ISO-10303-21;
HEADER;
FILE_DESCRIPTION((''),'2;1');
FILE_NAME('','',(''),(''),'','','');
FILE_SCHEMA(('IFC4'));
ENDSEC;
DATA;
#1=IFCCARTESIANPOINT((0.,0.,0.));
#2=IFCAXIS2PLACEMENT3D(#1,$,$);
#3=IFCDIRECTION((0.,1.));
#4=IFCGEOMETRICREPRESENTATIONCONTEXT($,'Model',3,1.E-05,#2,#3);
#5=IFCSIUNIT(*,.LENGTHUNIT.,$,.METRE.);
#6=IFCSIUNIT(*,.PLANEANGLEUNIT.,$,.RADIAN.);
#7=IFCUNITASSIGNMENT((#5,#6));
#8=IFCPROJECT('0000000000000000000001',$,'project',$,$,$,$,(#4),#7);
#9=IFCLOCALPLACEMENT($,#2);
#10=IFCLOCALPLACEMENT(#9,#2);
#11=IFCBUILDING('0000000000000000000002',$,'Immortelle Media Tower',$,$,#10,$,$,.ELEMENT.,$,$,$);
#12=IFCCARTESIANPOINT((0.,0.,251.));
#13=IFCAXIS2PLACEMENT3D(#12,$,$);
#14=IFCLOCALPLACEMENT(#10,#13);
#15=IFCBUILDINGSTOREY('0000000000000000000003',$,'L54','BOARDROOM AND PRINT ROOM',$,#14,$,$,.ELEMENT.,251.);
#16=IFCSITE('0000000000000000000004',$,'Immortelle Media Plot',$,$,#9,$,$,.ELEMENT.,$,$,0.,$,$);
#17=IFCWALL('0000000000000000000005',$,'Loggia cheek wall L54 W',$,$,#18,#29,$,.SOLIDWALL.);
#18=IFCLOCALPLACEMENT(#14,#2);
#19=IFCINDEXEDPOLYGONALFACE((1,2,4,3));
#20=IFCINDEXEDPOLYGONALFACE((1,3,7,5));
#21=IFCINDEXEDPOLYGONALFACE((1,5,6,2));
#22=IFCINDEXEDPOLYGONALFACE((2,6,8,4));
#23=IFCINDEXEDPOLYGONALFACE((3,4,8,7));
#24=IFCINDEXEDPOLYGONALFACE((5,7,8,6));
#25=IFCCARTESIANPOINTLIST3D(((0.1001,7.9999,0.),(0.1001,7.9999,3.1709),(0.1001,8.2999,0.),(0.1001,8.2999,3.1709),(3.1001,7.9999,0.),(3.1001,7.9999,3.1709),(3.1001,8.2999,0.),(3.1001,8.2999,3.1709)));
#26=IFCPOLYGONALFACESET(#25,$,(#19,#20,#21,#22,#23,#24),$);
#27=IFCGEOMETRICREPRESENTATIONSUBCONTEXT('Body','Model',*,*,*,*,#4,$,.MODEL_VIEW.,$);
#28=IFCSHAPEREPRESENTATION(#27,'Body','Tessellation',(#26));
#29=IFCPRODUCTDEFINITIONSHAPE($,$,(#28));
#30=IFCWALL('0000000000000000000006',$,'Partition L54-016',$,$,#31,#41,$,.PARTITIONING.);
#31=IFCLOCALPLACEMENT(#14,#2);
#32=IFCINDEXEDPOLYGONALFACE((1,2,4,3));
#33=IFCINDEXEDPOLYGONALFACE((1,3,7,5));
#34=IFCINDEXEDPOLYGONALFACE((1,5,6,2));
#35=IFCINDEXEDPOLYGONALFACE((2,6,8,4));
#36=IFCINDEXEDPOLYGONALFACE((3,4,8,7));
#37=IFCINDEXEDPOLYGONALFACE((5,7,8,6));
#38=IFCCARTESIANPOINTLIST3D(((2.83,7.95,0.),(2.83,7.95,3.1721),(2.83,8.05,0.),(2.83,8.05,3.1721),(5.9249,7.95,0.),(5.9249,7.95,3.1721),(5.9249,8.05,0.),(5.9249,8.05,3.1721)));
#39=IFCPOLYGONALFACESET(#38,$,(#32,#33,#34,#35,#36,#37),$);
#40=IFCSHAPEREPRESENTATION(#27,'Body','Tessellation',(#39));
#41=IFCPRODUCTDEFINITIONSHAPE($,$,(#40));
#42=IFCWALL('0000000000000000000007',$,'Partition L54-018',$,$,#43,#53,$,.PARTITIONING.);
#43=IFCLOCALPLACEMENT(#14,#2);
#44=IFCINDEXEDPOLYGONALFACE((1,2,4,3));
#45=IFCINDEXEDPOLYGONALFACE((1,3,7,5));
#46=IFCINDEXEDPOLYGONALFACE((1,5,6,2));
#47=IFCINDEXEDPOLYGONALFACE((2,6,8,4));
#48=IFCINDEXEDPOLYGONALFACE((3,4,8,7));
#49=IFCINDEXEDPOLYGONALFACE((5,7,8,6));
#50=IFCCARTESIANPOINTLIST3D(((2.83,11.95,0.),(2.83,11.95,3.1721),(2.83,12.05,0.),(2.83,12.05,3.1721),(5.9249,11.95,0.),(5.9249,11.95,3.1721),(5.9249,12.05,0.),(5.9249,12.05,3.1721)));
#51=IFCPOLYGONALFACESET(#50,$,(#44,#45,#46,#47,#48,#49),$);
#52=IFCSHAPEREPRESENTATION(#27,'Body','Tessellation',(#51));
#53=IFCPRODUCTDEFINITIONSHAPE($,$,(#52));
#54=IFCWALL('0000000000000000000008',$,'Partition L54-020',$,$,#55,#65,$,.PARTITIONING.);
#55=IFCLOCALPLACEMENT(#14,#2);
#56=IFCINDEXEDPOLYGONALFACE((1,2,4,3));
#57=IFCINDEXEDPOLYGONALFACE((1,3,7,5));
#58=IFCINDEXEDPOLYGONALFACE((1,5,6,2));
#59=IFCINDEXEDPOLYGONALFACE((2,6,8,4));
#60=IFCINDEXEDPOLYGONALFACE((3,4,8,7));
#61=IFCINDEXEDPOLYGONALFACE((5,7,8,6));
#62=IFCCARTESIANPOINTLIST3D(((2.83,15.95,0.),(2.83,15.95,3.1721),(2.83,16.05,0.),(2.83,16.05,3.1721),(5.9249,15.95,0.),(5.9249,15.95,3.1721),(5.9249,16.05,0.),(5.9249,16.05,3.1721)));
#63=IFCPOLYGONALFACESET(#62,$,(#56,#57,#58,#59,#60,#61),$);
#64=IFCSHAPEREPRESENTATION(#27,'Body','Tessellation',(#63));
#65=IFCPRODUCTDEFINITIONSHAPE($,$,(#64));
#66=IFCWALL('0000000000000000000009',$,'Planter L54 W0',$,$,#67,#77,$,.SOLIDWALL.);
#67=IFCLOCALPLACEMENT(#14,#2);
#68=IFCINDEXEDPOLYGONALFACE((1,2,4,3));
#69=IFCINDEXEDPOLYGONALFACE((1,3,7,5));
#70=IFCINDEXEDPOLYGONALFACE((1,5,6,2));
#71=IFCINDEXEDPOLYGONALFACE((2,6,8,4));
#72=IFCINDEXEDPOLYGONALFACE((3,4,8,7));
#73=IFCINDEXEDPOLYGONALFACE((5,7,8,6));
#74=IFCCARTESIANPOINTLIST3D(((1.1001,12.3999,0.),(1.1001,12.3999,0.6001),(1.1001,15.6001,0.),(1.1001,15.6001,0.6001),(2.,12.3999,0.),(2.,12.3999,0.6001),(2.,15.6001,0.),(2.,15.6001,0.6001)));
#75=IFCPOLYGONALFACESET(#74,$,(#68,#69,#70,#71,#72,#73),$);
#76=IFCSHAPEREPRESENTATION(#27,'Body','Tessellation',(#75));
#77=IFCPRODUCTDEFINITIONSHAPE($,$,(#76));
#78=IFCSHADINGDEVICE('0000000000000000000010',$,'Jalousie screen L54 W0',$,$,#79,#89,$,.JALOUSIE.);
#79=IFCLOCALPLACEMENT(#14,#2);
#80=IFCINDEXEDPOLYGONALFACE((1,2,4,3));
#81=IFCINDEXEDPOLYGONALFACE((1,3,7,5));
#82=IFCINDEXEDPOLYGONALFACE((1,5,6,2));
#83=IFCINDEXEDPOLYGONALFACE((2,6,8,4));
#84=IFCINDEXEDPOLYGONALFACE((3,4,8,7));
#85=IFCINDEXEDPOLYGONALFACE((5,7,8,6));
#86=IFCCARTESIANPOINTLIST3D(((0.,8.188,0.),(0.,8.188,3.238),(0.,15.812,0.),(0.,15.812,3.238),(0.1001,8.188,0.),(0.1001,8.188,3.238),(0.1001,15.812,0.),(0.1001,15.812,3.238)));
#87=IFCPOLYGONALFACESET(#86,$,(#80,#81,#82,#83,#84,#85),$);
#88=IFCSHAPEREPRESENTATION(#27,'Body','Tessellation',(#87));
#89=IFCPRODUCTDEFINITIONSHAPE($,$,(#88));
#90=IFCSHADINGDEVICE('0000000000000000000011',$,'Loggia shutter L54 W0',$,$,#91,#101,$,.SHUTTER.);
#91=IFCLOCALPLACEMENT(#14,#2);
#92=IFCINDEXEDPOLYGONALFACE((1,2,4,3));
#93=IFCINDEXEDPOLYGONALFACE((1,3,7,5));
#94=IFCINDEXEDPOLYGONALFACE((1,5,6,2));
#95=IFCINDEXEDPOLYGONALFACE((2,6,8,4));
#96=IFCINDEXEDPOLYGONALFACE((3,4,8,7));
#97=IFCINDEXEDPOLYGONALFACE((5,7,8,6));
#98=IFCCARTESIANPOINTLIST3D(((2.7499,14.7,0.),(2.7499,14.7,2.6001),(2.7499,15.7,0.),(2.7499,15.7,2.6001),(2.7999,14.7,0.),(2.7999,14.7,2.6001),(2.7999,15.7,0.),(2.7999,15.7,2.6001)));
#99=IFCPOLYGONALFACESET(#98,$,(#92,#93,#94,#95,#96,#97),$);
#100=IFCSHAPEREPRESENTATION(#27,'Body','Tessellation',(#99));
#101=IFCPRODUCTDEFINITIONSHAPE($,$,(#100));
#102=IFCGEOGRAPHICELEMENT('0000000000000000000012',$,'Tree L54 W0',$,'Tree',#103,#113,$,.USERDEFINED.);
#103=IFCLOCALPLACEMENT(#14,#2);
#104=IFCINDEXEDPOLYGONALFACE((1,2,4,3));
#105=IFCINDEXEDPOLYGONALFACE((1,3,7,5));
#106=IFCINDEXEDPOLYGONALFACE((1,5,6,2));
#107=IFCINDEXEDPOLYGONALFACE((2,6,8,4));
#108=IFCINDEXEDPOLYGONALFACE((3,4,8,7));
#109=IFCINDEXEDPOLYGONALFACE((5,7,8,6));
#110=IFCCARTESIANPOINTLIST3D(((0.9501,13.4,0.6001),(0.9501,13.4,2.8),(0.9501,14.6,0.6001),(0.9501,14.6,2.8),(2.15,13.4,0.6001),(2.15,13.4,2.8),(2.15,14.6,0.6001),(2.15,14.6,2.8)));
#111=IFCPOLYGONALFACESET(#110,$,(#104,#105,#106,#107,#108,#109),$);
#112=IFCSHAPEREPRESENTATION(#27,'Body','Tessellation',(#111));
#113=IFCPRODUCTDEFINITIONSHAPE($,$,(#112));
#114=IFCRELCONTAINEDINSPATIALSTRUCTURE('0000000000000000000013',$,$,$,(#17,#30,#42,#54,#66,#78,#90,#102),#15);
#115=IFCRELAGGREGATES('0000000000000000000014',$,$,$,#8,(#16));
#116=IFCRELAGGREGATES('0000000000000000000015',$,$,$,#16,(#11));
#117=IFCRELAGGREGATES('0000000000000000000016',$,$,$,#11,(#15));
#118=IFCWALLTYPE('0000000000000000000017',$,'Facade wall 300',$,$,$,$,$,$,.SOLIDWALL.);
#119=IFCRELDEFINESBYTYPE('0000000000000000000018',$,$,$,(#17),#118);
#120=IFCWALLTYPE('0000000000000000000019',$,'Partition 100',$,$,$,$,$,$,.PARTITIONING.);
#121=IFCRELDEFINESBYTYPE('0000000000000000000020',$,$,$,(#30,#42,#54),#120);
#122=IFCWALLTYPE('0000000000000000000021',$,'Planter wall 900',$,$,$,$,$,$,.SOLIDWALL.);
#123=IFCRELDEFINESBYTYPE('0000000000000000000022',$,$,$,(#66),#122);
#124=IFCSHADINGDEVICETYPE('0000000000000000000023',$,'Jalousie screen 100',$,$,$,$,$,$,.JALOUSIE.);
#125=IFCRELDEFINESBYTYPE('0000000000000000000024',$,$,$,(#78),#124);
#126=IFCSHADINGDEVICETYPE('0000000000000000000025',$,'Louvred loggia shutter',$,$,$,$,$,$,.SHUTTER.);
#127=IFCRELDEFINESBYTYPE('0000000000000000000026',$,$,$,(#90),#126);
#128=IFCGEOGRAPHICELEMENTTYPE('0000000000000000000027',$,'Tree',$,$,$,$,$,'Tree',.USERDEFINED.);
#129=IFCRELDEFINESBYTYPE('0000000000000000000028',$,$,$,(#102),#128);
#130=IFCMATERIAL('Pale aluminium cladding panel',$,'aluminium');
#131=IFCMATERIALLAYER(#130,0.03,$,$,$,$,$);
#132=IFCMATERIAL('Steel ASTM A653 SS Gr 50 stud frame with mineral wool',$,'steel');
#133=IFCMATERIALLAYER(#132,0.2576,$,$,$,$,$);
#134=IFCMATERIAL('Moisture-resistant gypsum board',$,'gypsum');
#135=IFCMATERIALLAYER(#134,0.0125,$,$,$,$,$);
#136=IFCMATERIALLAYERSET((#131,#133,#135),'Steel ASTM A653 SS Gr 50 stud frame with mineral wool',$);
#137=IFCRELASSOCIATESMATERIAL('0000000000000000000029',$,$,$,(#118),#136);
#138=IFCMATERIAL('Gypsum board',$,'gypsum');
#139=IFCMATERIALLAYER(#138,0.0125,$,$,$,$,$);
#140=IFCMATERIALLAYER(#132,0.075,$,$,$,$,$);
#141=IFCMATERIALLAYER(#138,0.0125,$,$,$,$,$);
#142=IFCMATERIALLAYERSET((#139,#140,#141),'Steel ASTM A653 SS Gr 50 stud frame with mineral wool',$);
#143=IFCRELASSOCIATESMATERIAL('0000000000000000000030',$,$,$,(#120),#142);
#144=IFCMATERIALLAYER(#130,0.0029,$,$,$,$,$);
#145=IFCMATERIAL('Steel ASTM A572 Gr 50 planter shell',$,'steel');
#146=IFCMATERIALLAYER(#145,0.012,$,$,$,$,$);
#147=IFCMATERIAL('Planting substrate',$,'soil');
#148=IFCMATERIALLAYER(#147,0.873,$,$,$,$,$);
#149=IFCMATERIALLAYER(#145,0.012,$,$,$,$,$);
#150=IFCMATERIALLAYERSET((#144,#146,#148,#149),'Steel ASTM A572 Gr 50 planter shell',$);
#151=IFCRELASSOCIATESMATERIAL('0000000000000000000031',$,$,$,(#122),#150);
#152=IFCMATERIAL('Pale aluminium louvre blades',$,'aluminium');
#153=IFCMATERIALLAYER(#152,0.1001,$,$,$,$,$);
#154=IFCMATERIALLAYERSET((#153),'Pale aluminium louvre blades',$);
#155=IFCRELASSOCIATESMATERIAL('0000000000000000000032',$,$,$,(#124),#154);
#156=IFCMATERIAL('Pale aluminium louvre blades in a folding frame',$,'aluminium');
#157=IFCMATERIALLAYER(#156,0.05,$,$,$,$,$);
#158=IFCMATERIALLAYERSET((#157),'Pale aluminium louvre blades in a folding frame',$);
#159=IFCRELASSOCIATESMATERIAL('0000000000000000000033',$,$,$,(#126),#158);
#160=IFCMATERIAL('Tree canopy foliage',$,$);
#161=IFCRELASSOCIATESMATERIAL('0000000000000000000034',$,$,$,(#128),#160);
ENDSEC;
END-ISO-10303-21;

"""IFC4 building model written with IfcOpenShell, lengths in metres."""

from ifc_helpers import new_model, si_unit, direction, frame, frame_2d, origin, origin_2d, place, context, subcontext, project, spatial, rectangle, extrude, material, layer, layer_set, type_object, element, save


model = new_model("IFC4")

# Units and contexts
model_context = context("Model", 3, precision=1e-05, world=origin(), true_north=direction((0.0, 1.0)))
body_context = subcontext(model_context, "Body", "Model", "MODEL_VIEW")
ifc_project = project(units=[si_unit("LENGTHUNIT", "METRE"), si_unit("PLANEANGLEUNIT", "RADIAN")], contexts=[model_context])

# Site, building, storey
site_placement = place(None, origin())
site = spatial("IfcSite", under=ifc_project, at=site_placement, Name="Immortelle Media Plot", CompositionType="ELEMENT", RefElevation=0.0)
building_placement = place(site_placement, origin())
building = spatial("IfcBuilding", under=site, at=building_placement, Name="Immortelle Media Tower", CompositionType="ELEMENT")
storey_placement = place(building_placement, frame((0.0, 0.0, 251.0)))
storey = spatial("IfcBuildingStorey", under=building, at=storey_placement, Name="L54", Description="BOARDROOM AND PRINT ROOM", CompositionType="ELEMENT", Elevation=251.0)

# Shared definitions
ifc_material_1 = material(Name="Pale aluminium cladding panel", Category="aluminium")
ifc_layer_1 = layer(ifc_material_1, 0.03)
ifc_material_2 = material(Name="Steel ASTM A653 SS Gr 50 stud frame with mineral wool", Category="steel")
ifc_layer_2 = layer(ifc_material_2, 0.2576)
ifc_material_3 = material(Name="Moisture-resistant gypsum board", Category="gypsum")
ifc_layer_3 = layer(ifc_material_3, 0.0125)
ifc_layer_set_1 = layer_set([ifc_layer_1, ifc_layer_2, ifc_layer_3], Name="Steel ASTM A653 SS Gr 50 stud frame with mineral wool")
wall_type_1 = type_object("IfcWallType", Name="Facade wall 300", PredefinedType="SOLIDWALL", material=ifc_layer_set_1)

# Walls
for number, where, z_axis, x_axis, name in (
    (1, (0.1001, 8.1499, 0.0), (0.0, 0.0, 1.0), (1.0, 0.0, 0.0), "Loggia cheek wall L54 W"),
):
    element("IfcWall", number, at=place(storey_placement, frame(where, z_axis=z_axis, x_axis=x_axis)), inside=storey, type_object=wall_type_1, Name=name, PredefinedType="SOLIDWALL", context=body_context, shape_type="SweptSolid", body=[
        extrude(rectangle(XDim=3.0, YDim=0.3, at=frame_2d((1.5, 0.0))), origin(), (0.0, 0.0, 1.0), 3.1709),
    ])
ifc_material_4 = material(Name="Gypsum board", Category="gypsum")
ifc_layer_4 = layer(ifc_material_4, 0.0125)
ifc_layer_5 = layer(ifc_material_2, 0.075)
ifc_layer_6 = layer(ifc_material_4, 0.0125)
ifc_layer_set_2 = layer_set([ifc_layer_4, ifc_layer_5, ifc_layer_6], Name="Steel ASTM A653 SS Gr 50 stud frame with mineral wool")
wall_type_2 = type_object("IfcWallType", Name="Partition 100", PredefinedType="PARTITIONING", material=ifc_layer_set_2)
for number, where, z_axis, x_axis, name in (
    (2, (2.8301, 8.0, 0.0), (0.0, 0.0, 1.0), (1.0, 0.0, 0.0), "Partition L54-016"),
    (3, (2.8301, 12.0, 0.0), (0.0, 0.0, 1.0), (1.0, 0.0, 0.0), "Partition L54-018"),
    (4, (2.8301, 16.0, 0.0), (0.0, 0.0, 1.0), (1.0, 0.0, 0.0), "Partition L54-020"),
):
    element("IfcWall", number, at=place(storey_placement, frame(where, z_axis=z_axis, x_axis=x_axis)), inside=storey, type_object=wall_type_2, Name=name, PredefinedType="PARTITIONING", context=body_context, shape_type="SweptSolid", body=[
        extrude(rectangle(XDim=3.095, YDim=0.1001, at=frame_2d((1.5474, 0.0))), origin(), (0.0, 0.0, 1.0), 3.1721),
    ])
ifc_layer_7 = layer(ifc_material_1, 0.0029)
ifc_material_5 = material(Name="Steel ASTM A572 Gr 50 planter shell", Category="steel")
ifc_layer_8 = layer(ifc_material_5, 0.012)
ifc_material_6 = material(Name="Planting substrate", Category="soil")
ifc_layer_9 = layer(ifc_material_6, 0.873)
ifc_layer_10 = layer(ifc_material_5, 0.012)
ifc_layer_set_3 = layer_set([ifc_layer_7, ifc_layer_8, ifc_layer_9, ifc_layer_10], Name="Steel ASTM A572 Gr 50 planter shell")
wall_type_3 = type_object("IfcWallType", Name="Planter wall 900", PredefinedType="SOLIDWALL", material=ifc_layer_set_3)
wall_1_placement = place(storey_placement, frame((1.55, 15.6001, 0.0), z_axis=(0.0, 0.0, 1.0), x_axis=(0.0, -1.0, 0.0)))
element("IfcWall", 5, at=wall_1_placement, inside=storey, type_object=wall_type_3, Name="Planter L54 W0", PredefinedType="SOLIDWALL", context=body_context, shape_type="SweptSolid", body=[
    extrude(rectangle(XDim=3.2002, YDim=0.8999, at=frame_2d((1.6001, 0.0))), origin(), (0.0, 0.0, 1.0), 0.6001),
])

# Shading devices
ifc_material_7 = material(Name="Pale aluminium louvre blades", Category="aluminium")
ifc_layer_11 = layer(ifc_material_7, 0.1001)
ifc_layer_set_4 = layer_set([ifc_layer_11], Name="Pale aluminium louvre blades")
shading_device_type_1 = type_object("IfcShadingDeviceType", Name="Jalousie screen 100", PredefinedType="JALOUSIE", material=ifc_layer_set_4)
shading_device_1_placement = place(storey_placement, frame((0.05, 12.0, 0.0), z_axis=(0.0, 0.0, 1.0), x_axis=(0.0, -1.0, 0.0)))
element("IfcShadingDevice", 6, at=shading_device_1_placement, inside=storey, type_object=shading_device_type_1, Name="Jalousie screen L54 W0", PredefinedType="JALOUSIE", context=body_context, shape_type="SweptSolid", body=[
    extrude(rectangle(XDim=7.624, YDim=0.1001, at=origin_2d()), origin(), (0.0, 0.0, 1.0), 3.238),
])
ifc_material_8 = material(Name="Pale aluminium louvre blades in a folding frame", Category="aluminium")
ifc_layer_12 = layer(ifc_material_8, 0.05)
ifc_layer_set_5 = layer_set([ifc_layer_12], Name="Pale aluminium louvre blades in a folding frame")
shading_device_type_2 = type_object("IfcShadingDeviceType", Name="Louvred loggia shutter", PredefinedType="SHUTTER", material=ifc_layer_set_5)
shading_device_2_placement = place(storey_placement, frame((2.7749, 15.2, 0.0), z_axis=(0.0, 0.0, 1.0), x_axis=(0.0, -1.0, 0.0)))
element("IfcShadingDevice", 7, at=shading_device_2_placement, inside=storey, type_object=shading_device_type_2, Name="Loggia shutter L54 W0", PredefinedType="SHUTTER", context=body_context, shape_type="SweptSolid", body=[
    extrude(rectangle(XDim=1.0, YDim=0.05, at=origin_2d()), origin(), (0.0, 0.0, 1.0), 2.6001),
])

# Geographic element
ifc_material_9 = material(Name="Tree canopy foliage")
geographic_element_type = type_object("IfcGeographicElementType", Name="Tree", ElementType="Tree", PredefinedType="USERDEFINED", material=ifc_material_9)
geographic_element_placement = place(storey_placement, frame((1.55, 14.0, 0.6001), z_axis=(0.0, 0.0, 1.0), x_axis=(1.0, 0.0, 0.0)))
element("IfcGeographicElement", 8, at=geographic_element_placement, inside=storey, type_object=geographic_element_type, Name="Tree L54 W0", ObjectType="Tree", PredefinedType="USERDEFINED", context=body_context, shape_type="SweptSolid", body=[
    extrude(rectangle(XDim=1.2, YDim=1.2, at=origin_2d()), origin(), (0.0, 0.0, 1.0), 2.2),
])

save(model, "model.ifc")
